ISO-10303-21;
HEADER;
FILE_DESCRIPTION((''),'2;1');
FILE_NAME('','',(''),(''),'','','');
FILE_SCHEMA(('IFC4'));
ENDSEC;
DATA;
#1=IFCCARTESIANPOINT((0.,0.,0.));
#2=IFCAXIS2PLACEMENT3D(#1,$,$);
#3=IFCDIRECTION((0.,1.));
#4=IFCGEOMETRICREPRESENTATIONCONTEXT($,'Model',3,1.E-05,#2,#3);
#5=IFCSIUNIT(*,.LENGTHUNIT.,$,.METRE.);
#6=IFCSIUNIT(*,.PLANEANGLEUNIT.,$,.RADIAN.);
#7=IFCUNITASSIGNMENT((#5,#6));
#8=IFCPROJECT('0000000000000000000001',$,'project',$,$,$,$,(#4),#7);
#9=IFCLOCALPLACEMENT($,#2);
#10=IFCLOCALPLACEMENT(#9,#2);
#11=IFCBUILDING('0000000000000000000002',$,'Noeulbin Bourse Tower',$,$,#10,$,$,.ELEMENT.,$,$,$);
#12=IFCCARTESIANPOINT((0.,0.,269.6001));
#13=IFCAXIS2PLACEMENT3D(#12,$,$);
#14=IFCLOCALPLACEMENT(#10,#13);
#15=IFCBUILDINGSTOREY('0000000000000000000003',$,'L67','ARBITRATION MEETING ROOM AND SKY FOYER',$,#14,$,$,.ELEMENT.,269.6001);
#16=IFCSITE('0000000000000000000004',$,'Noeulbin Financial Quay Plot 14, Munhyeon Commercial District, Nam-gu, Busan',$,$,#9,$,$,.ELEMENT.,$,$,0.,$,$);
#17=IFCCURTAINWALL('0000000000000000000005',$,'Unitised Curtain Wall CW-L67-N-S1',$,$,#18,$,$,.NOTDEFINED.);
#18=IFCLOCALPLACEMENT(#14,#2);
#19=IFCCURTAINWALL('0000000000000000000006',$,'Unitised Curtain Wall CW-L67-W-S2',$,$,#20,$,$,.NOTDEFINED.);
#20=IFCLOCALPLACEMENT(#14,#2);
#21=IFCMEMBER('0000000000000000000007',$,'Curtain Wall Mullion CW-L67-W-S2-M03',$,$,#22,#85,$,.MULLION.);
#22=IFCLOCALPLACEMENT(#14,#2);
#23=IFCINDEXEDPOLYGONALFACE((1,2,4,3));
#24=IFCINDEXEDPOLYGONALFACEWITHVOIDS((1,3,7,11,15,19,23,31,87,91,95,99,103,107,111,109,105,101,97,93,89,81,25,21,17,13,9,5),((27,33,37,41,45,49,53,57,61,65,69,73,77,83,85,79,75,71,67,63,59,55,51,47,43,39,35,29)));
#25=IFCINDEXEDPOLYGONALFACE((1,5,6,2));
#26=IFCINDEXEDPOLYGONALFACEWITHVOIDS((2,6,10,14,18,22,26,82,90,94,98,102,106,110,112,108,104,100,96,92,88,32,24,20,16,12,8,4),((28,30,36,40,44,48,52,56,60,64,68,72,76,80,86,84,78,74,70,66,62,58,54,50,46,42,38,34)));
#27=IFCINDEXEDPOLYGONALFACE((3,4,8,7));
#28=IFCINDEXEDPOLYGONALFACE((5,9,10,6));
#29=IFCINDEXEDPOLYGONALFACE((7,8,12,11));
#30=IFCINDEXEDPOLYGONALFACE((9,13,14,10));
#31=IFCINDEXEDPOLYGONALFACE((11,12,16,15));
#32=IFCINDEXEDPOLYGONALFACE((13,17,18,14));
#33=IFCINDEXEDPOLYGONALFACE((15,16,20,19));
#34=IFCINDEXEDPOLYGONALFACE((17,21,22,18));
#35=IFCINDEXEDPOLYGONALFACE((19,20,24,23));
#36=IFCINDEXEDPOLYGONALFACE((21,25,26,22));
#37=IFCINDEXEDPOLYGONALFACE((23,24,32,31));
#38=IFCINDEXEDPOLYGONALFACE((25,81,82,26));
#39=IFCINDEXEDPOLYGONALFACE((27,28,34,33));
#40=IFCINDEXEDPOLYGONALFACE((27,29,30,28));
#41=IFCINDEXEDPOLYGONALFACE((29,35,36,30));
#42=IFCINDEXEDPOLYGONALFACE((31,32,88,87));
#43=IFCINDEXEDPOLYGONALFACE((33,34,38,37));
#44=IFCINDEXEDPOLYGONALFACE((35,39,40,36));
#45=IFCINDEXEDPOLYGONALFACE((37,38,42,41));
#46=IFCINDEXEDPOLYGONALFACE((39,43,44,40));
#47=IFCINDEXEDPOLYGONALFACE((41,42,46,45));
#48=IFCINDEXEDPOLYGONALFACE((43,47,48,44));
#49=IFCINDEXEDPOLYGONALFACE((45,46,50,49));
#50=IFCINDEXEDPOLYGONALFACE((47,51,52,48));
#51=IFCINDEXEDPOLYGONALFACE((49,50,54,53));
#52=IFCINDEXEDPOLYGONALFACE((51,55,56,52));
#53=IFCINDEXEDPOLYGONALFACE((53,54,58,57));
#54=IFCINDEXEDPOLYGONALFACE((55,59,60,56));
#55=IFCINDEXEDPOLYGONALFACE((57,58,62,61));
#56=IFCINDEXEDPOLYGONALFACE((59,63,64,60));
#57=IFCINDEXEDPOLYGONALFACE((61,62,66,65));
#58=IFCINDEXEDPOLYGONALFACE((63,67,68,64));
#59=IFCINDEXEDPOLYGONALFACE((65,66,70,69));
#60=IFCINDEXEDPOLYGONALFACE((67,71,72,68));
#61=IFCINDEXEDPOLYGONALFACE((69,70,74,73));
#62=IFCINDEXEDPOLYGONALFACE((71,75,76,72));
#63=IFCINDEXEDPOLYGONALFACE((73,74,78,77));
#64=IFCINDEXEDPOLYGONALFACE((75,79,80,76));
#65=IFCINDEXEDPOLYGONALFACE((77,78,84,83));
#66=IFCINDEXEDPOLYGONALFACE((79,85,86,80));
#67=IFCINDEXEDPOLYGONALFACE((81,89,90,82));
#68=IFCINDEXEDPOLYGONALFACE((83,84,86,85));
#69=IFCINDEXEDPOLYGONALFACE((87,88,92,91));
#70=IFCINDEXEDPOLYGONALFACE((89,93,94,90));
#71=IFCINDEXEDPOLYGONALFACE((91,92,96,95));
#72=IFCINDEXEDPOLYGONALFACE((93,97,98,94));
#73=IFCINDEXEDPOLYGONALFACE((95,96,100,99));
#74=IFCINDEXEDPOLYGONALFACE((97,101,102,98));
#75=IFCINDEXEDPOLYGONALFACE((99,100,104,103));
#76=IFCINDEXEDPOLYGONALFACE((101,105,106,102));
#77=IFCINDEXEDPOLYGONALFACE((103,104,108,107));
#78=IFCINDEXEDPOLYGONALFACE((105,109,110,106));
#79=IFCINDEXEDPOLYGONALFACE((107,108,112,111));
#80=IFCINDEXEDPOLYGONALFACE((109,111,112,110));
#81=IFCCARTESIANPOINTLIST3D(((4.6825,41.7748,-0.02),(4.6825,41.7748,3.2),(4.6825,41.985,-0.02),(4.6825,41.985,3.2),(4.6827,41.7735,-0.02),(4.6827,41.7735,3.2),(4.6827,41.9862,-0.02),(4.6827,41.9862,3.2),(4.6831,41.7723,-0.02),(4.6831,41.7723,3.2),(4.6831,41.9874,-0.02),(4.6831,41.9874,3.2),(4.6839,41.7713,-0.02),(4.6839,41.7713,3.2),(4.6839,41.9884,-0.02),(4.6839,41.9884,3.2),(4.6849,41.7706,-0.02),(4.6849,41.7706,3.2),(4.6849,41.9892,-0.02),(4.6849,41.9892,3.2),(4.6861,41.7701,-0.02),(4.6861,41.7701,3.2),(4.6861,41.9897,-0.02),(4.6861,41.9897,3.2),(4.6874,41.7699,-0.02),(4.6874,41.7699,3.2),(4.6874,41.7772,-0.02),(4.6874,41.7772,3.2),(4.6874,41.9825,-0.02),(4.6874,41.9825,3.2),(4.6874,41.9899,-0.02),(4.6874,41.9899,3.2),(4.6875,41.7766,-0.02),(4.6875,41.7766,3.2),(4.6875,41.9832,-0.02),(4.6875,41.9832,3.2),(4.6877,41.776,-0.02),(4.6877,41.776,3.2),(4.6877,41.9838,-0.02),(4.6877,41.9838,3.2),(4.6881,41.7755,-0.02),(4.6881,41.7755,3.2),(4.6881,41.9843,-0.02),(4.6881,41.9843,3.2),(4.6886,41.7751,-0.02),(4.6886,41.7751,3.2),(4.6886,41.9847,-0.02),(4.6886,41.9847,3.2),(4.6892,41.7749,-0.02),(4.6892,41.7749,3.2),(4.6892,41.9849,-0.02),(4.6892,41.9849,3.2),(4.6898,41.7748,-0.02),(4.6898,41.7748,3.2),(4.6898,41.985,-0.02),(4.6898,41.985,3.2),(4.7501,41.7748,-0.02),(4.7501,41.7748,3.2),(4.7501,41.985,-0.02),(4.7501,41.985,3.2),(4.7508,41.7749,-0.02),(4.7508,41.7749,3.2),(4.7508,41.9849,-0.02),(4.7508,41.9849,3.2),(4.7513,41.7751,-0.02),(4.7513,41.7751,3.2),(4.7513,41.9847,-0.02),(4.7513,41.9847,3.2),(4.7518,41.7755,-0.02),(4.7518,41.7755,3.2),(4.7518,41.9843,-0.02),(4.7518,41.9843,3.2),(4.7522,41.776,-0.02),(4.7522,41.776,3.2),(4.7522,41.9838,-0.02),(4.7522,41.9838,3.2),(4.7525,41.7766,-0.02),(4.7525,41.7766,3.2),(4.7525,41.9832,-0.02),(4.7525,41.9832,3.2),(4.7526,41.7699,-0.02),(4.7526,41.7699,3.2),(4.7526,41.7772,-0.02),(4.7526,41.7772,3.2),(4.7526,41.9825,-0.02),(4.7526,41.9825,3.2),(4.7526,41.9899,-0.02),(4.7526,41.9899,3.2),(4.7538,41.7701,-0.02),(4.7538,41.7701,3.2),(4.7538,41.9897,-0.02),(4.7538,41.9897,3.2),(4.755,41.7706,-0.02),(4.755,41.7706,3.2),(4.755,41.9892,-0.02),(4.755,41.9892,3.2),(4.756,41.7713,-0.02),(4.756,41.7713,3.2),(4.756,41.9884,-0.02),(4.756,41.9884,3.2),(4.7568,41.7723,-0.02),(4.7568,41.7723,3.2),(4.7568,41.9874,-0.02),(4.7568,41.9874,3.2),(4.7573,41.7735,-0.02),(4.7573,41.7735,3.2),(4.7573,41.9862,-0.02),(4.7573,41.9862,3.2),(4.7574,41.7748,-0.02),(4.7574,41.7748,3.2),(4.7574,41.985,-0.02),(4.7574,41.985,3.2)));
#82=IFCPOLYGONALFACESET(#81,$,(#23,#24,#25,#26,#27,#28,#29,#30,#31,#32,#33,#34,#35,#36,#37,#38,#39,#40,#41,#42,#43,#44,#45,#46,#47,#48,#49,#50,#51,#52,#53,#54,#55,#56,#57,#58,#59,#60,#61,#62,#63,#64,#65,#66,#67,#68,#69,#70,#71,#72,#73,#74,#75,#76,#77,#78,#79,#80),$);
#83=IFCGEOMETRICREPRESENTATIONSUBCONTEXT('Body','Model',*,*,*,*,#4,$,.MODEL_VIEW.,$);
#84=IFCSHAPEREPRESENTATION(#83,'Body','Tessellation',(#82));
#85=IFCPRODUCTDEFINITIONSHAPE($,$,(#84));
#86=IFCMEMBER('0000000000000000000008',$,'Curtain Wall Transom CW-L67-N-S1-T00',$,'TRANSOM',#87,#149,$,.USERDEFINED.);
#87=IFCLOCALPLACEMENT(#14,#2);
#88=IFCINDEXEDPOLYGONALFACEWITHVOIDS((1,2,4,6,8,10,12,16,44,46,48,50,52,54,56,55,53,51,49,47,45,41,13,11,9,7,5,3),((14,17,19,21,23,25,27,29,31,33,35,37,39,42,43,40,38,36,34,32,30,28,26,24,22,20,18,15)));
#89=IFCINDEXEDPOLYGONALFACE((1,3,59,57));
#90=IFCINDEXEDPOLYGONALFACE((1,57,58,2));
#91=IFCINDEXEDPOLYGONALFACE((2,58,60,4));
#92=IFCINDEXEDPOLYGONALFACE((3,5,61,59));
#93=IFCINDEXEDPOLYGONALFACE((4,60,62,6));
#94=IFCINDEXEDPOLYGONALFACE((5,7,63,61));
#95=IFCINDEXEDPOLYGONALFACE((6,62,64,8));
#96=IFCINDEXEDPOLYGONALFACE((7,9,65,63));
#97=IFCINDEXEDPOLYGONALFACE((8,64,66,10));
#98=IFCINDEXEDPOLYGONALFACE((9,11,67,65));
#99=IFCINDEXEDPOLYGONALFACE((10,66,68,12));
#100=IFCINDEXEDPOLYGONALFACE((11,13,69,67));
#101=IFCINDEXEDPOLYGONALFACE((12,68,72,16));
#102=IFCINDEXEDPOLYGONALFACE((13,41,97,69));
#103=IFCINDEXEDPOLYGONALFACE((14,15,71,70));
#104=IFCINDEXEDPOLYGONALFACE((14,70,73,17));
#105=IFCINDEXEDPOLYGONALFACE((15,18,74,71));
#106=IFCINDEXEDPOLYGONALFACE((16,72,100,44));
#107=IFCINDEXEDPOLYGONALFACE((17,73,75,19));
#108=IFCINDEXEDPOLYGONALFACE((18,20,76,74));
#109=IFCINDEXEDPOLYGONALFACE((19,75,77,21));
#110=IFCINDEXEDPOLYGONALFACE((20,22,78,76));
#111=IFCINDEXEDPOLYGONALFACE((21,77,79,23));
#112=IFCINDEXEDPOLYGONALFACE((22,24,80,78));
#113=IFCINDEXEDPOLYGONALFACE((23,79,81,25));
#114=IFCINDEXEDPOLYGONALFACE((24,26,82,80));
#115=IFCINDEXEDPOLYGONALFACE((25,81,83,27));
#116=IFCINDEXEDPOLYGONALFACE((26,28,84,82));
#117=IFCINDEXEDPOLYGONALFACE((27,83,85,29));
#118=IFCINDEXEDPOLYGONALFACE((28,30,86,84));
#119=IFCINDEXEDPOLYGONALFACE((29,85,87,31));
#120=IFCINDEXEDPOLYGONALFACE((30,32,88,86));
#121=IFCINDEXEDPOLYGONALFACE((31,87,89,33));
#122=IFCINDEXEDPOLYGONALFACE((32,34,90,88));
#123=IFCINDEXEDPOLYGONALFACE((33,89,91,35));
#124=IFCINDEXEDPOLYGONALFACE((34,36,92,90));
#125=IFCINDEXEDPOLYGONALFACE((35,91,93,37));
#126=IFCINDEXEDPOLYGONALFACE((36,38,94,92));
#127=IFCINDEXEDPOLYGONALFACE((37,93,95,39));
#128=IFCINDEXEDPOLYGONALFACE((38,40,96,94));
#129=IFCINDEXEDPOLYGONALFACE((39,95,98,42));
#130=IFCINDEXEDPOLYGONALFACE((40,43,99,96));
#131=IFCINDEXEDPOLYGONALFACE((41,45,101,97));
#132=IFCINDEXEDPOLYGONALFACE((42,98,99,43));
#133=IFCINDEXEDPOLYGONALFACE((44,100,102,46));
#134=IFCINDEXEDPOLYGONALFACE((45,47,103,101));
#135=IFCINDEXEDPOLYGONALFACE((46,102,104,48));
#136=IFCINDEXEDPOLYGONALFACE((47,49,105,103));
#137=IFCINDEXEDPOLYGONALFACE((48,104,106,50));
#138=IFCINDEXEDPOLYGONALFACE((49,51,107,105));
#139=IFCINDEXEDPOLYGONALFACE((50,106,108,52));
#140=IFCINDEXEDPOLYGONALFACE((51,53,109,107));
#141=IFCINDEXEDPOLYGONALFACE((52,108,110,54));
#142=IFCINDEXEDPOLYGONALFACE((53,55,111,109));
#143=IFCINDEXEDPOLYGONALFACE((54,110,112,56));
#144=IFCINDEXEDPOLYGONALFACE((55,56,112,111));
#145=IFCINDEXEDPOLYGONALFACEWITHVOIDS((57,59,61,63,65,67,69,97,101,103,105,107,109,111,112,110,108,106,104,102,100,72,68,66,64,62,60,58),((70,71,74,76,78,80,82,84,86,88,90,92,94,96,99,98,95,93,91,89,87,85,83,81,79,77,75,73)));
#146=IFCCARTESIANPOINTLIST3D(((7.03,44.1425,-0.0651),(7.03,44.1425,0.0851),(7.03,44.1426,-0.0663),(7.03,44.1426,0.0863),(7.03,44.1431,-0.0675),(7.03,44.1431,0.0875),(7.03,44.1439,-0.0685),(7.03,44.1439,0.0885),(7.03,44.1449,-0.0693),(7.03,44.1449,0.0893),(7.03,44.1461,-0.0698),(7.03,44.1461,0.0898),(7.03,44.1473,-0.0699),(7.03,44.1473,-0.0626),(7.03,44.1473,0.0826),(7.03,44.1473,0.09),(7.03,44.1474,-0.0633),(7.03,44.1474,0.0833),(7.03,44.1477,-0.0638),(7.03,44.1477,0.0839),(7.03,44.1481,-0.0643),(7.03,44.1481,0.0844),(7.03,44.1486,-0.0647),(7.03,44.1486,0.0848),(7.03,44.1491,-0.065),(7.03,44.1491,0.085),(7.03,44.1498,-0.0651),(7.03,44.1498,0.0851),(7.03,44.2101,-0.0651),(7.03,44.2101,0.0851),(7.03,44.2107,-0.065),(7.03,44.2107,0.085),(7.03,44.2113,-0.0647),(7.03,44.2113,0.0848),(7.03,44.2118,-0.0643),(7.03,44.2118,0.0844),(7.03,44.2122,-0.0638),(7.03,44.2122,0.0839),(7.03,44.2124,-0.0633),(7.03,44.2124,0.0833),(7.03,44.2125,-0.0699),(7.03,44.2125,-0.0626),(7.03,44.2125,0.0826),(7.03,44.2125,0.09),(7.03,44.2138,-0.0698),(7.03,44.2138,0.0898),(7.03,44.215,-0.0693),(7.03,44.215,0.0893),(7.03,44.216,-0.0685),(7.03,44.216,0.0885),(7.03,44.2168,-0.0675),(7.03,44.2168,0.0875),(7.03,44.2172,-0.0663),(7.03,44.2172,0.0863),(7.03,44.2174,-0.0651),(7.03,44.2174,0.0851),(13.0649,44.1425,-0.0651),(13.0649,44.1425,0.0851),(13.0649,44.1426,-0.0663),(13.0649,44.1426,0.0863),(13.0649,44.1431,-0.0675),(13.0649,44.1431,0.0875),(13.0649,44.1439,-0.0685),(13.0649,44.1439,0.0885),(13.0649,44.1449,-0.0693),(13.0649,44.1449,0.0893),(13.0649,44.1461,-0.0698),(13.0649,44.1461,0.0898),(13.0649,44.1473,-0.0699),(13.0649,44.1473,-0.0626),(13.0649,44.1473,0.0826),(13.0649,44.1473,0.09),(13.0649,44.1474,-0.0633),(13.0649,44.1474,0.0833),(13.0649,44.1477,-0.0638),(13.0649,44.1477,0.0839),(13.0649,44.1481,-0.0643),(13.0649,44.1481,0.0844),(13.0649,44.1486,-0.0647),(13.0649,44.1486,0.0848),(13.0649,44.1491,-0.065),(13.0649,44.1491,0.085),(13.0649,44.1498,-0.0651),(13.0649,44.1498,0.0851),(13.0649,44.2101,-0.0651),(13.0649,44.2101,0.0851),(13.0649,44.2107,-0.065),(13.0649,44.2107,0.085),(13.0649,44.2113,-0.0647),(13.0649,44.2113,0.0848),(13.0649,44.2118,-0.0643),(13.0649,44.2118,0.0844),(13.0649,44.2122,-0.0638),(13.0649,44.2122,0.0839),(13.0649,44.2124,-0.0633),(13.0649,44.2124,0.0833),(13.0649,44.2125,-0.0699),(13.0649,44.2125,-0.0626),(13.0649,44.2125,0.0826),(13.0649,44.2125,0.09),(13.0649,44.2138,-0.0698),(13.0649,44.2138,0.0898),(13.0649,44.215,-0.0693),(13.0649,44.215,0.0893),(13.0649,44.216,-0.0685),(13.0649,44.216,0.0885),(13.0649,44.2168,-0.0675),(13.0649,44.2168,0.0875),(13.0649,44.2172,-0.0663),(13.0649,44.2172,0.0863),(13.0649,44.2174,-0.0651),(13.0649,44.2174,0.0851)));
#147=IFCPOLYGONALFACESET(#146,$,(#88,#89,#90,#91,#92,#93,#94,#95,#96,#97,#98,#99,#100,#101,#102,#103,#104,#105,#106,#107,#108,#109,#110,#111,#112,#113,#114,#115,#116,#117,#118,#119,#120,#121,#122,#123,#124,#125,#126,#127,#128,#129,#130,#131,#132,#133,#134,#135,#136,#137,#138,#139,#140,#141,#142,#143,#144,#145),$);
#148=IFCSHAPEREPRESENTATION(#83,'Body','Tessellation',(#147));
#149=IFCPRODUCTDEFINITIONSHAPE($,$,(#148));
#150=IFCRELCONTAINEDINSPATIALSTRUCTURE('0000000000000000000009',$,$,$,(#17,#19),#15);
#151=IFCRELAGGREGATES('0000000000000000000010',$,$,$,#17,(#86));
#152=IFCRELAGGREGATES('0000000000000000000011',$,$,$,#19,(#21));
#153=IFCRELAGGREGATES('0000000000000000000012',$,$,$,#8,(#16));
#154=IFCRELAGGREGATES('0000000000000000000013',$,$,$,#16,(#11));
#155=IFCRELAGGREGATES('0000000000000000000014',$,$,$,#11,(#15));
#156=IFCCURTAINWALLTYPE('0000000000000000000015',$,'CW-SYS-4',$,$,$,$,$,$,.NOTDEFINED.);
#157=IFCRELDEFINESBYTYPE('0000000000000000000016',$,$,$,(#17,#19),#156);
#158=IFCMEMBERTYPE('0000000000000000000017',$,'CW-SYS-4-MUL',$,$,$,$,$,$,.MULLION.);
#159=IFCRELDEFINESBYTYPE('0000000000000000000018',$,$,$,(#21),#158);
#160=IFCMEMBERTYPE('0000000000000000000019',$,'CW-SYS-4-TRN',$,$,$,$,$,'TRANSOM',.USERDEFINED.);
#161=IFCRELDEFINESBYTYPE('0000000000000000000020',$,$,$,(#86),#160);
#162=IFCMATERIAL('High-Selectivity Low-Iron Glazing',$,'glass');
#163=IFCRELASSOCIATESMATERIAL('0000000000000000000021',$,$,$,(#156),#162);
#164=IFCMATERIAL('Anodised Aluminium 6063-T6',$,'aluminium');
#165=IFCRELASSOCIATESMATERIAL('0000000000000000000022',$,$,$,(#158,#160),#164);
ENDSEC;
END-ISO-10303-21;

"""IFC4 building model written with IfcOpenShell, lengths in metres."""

from ifc_helpers import new_model, si_unit, direction, frame, origin, origin_2d, place, context, subcontext, project, spatial, hollow_rectangle, extrude, material, material_profile, profile_set, type_object, element, aggregate, save


model = new_model("IFC4")

# Units and contexts
model_context = context("Model", 3, precision=1e-05, world=origin(), true_north=direction((0.0, 1.0)))
body_context = subcontext(model_context, "Body", "Model", "MODEL_VIEW")
ifc_project = project(units=[si_unit("LENGTHUNIT", "METRE"), si_unit("PLANEANGLEUNIT", "RADIAN")], contexts=[model_context])

# Site, building, storey
site_placement = place(None, origin())
site = spatial("IfcSite", under=ifc_project, at=site_placement, Name="Noeulbin Financial Quay Plot 14, Munhyeon Commercial District, Nam-gu, Busan", CompositionType="ELEMENT", RefElevation=0.0)
building_placement = place(site_placement, origin())
building = spatial("IfcBuilding", under=site, at=building_placement, Name="Noeulbin Bourse Tower", CompositionType="ELEMENT")
storey_placement = place(building_placement, frame((0.0, 0.0, 269.6001)))
storey = spatial("IfcBuildingStorey", under=building, at=storey_placement, Name="L67", Description="ARBITRATION MEETING ROOM AND SKY FOYER", CompositionType="ELEMENT", Elevation=269.6001)

# Curtain wall
ifc_material_1 = material(Name="High-Selectivity Low-Iron Glazing", Category="glass")
curtain_wall_type = type_object("IfcCurtainWallType", Name="CW-SYS-4", PredefinedType="NOTDEFINED", material=ifc_material_1)
curtain_wall_1_placement = place(storey_placement, origin())
curtain_wall_1 = element("IfcCurtainWall", 1, at=curtain_wall_1_placement, inside=storey, type_object=curtain_wall_type, Name="Unitised Curtain Wall CW-L67-N-S1", PredefinedType="NOTDEFINED")
ifc_material_2 = material(Name="Anodised Aluminium 6063-T6", Category="aluminium")
ifc_material_profile_1 = material_profile(ifc_material_2, hollow_rectangle(XDim=0.075, YDim=0.22, WallThickness=0.0049, InnerFilletRadius=0.0024, OuterFilletRadius=0.0049, at=origin_2d()), Name="ALU-MULL-75x220x5", Category="LoadBearing")
ifc_profile_set_1 = profile_set([ifc_material_profile_1], Name="Anodised Aluminium 6063-T6")
member_type_1 = type_object("IfcMemberType", Name="CW-SYS-4-MUL", PredefinedType="MULLION", material=ifc_profile_set_1)

# Curtain wall, member
curtain_wall_2_placement = place(storey_placement, origin())
curtain_wall_2 = element("IfcCurtainWall", 2, at=curtain_wall_2_placement, inside=storey, type_object=curtain_wall_type, Name="Unitised Curtain Wall CW-L67-W-S2", PredefinedType="NOTDEFINED")
member_1_placement = place(storey_placement, frame((4.72, 41.8799, -0.02), z_axis=(0.0, 0.0, 1.0), x_axis=(1.0, 0.0, 0.0)))
member_1 = element("IfcMember", 3, at=member_1_placement, type_object=member_type_1, Name="Curtain Wall Mullion CW-L67-W-S2-M03", PredefinedType="MULLION", context=body_context, shape_type="SweptSolid", body=[
    extrude(hollow_rectangle(XDim=0.075, YDim=0.22, WallThickness=0.0049, InnerFilletRadius=0.0024, OuterFilletRadius=0.0049, at=origin_2d()), origin(), (0.0, 0.0, 1.0), 3.22),
])

# Member
ifc_material_profile_2 = material_profile(ifc_material_2, hollow_rectangle(XDim=0.075, YDim=0.1599, WallThickness=0.0049, InnerFilletRadius=0.0024, OuterFilletRadius=0.0049, at=origin_2d()), Name="ALU-TRAN-75x160x5", Category="LoadBearing")
ifc_profile_set_2 = profile_set([ifc_material_profile_2], Name="Anodised Aluminium 6063-T6")
member_type_2 = type_object("IfcMemberType", Name="CW-SYS-4-TRN", ElementType="TRANSOM", PredefinedType="USERDEFINED", material=ifc_profile_set_2)
member_2_placement = place(storey_placement, frame((7.03, 44.1799, 0.01), z_axis=(1.0, 0.0, 0.0), x_axis=(0.0, 1.0, 0.0)))
member_2 = element("IfcMember", 4, at=member_2_placement, type_object=member_type_2, Name="Curtain Wall Transom CW-L67-N-S1-T00", ObjectType="TRANSOM", PredefinedType="USERDEFINED", context=body_context, shape_type="SweptSolid", body=[
    extrude(hollow_rectangle(XDim=0.075, YDim=0.1599, WallThickness=0.0049, InnerFilletRadius=0.0024, OuterFilletRadius=0.0049, at=origin_2d()), origin(), (0.0, 0.0, 1.0), 6.0349),
])

aggregate(curtain_wall_1, [member_2])
aggregate(curtain_wall_2, [member_1])

save(model, "model.ifc")
